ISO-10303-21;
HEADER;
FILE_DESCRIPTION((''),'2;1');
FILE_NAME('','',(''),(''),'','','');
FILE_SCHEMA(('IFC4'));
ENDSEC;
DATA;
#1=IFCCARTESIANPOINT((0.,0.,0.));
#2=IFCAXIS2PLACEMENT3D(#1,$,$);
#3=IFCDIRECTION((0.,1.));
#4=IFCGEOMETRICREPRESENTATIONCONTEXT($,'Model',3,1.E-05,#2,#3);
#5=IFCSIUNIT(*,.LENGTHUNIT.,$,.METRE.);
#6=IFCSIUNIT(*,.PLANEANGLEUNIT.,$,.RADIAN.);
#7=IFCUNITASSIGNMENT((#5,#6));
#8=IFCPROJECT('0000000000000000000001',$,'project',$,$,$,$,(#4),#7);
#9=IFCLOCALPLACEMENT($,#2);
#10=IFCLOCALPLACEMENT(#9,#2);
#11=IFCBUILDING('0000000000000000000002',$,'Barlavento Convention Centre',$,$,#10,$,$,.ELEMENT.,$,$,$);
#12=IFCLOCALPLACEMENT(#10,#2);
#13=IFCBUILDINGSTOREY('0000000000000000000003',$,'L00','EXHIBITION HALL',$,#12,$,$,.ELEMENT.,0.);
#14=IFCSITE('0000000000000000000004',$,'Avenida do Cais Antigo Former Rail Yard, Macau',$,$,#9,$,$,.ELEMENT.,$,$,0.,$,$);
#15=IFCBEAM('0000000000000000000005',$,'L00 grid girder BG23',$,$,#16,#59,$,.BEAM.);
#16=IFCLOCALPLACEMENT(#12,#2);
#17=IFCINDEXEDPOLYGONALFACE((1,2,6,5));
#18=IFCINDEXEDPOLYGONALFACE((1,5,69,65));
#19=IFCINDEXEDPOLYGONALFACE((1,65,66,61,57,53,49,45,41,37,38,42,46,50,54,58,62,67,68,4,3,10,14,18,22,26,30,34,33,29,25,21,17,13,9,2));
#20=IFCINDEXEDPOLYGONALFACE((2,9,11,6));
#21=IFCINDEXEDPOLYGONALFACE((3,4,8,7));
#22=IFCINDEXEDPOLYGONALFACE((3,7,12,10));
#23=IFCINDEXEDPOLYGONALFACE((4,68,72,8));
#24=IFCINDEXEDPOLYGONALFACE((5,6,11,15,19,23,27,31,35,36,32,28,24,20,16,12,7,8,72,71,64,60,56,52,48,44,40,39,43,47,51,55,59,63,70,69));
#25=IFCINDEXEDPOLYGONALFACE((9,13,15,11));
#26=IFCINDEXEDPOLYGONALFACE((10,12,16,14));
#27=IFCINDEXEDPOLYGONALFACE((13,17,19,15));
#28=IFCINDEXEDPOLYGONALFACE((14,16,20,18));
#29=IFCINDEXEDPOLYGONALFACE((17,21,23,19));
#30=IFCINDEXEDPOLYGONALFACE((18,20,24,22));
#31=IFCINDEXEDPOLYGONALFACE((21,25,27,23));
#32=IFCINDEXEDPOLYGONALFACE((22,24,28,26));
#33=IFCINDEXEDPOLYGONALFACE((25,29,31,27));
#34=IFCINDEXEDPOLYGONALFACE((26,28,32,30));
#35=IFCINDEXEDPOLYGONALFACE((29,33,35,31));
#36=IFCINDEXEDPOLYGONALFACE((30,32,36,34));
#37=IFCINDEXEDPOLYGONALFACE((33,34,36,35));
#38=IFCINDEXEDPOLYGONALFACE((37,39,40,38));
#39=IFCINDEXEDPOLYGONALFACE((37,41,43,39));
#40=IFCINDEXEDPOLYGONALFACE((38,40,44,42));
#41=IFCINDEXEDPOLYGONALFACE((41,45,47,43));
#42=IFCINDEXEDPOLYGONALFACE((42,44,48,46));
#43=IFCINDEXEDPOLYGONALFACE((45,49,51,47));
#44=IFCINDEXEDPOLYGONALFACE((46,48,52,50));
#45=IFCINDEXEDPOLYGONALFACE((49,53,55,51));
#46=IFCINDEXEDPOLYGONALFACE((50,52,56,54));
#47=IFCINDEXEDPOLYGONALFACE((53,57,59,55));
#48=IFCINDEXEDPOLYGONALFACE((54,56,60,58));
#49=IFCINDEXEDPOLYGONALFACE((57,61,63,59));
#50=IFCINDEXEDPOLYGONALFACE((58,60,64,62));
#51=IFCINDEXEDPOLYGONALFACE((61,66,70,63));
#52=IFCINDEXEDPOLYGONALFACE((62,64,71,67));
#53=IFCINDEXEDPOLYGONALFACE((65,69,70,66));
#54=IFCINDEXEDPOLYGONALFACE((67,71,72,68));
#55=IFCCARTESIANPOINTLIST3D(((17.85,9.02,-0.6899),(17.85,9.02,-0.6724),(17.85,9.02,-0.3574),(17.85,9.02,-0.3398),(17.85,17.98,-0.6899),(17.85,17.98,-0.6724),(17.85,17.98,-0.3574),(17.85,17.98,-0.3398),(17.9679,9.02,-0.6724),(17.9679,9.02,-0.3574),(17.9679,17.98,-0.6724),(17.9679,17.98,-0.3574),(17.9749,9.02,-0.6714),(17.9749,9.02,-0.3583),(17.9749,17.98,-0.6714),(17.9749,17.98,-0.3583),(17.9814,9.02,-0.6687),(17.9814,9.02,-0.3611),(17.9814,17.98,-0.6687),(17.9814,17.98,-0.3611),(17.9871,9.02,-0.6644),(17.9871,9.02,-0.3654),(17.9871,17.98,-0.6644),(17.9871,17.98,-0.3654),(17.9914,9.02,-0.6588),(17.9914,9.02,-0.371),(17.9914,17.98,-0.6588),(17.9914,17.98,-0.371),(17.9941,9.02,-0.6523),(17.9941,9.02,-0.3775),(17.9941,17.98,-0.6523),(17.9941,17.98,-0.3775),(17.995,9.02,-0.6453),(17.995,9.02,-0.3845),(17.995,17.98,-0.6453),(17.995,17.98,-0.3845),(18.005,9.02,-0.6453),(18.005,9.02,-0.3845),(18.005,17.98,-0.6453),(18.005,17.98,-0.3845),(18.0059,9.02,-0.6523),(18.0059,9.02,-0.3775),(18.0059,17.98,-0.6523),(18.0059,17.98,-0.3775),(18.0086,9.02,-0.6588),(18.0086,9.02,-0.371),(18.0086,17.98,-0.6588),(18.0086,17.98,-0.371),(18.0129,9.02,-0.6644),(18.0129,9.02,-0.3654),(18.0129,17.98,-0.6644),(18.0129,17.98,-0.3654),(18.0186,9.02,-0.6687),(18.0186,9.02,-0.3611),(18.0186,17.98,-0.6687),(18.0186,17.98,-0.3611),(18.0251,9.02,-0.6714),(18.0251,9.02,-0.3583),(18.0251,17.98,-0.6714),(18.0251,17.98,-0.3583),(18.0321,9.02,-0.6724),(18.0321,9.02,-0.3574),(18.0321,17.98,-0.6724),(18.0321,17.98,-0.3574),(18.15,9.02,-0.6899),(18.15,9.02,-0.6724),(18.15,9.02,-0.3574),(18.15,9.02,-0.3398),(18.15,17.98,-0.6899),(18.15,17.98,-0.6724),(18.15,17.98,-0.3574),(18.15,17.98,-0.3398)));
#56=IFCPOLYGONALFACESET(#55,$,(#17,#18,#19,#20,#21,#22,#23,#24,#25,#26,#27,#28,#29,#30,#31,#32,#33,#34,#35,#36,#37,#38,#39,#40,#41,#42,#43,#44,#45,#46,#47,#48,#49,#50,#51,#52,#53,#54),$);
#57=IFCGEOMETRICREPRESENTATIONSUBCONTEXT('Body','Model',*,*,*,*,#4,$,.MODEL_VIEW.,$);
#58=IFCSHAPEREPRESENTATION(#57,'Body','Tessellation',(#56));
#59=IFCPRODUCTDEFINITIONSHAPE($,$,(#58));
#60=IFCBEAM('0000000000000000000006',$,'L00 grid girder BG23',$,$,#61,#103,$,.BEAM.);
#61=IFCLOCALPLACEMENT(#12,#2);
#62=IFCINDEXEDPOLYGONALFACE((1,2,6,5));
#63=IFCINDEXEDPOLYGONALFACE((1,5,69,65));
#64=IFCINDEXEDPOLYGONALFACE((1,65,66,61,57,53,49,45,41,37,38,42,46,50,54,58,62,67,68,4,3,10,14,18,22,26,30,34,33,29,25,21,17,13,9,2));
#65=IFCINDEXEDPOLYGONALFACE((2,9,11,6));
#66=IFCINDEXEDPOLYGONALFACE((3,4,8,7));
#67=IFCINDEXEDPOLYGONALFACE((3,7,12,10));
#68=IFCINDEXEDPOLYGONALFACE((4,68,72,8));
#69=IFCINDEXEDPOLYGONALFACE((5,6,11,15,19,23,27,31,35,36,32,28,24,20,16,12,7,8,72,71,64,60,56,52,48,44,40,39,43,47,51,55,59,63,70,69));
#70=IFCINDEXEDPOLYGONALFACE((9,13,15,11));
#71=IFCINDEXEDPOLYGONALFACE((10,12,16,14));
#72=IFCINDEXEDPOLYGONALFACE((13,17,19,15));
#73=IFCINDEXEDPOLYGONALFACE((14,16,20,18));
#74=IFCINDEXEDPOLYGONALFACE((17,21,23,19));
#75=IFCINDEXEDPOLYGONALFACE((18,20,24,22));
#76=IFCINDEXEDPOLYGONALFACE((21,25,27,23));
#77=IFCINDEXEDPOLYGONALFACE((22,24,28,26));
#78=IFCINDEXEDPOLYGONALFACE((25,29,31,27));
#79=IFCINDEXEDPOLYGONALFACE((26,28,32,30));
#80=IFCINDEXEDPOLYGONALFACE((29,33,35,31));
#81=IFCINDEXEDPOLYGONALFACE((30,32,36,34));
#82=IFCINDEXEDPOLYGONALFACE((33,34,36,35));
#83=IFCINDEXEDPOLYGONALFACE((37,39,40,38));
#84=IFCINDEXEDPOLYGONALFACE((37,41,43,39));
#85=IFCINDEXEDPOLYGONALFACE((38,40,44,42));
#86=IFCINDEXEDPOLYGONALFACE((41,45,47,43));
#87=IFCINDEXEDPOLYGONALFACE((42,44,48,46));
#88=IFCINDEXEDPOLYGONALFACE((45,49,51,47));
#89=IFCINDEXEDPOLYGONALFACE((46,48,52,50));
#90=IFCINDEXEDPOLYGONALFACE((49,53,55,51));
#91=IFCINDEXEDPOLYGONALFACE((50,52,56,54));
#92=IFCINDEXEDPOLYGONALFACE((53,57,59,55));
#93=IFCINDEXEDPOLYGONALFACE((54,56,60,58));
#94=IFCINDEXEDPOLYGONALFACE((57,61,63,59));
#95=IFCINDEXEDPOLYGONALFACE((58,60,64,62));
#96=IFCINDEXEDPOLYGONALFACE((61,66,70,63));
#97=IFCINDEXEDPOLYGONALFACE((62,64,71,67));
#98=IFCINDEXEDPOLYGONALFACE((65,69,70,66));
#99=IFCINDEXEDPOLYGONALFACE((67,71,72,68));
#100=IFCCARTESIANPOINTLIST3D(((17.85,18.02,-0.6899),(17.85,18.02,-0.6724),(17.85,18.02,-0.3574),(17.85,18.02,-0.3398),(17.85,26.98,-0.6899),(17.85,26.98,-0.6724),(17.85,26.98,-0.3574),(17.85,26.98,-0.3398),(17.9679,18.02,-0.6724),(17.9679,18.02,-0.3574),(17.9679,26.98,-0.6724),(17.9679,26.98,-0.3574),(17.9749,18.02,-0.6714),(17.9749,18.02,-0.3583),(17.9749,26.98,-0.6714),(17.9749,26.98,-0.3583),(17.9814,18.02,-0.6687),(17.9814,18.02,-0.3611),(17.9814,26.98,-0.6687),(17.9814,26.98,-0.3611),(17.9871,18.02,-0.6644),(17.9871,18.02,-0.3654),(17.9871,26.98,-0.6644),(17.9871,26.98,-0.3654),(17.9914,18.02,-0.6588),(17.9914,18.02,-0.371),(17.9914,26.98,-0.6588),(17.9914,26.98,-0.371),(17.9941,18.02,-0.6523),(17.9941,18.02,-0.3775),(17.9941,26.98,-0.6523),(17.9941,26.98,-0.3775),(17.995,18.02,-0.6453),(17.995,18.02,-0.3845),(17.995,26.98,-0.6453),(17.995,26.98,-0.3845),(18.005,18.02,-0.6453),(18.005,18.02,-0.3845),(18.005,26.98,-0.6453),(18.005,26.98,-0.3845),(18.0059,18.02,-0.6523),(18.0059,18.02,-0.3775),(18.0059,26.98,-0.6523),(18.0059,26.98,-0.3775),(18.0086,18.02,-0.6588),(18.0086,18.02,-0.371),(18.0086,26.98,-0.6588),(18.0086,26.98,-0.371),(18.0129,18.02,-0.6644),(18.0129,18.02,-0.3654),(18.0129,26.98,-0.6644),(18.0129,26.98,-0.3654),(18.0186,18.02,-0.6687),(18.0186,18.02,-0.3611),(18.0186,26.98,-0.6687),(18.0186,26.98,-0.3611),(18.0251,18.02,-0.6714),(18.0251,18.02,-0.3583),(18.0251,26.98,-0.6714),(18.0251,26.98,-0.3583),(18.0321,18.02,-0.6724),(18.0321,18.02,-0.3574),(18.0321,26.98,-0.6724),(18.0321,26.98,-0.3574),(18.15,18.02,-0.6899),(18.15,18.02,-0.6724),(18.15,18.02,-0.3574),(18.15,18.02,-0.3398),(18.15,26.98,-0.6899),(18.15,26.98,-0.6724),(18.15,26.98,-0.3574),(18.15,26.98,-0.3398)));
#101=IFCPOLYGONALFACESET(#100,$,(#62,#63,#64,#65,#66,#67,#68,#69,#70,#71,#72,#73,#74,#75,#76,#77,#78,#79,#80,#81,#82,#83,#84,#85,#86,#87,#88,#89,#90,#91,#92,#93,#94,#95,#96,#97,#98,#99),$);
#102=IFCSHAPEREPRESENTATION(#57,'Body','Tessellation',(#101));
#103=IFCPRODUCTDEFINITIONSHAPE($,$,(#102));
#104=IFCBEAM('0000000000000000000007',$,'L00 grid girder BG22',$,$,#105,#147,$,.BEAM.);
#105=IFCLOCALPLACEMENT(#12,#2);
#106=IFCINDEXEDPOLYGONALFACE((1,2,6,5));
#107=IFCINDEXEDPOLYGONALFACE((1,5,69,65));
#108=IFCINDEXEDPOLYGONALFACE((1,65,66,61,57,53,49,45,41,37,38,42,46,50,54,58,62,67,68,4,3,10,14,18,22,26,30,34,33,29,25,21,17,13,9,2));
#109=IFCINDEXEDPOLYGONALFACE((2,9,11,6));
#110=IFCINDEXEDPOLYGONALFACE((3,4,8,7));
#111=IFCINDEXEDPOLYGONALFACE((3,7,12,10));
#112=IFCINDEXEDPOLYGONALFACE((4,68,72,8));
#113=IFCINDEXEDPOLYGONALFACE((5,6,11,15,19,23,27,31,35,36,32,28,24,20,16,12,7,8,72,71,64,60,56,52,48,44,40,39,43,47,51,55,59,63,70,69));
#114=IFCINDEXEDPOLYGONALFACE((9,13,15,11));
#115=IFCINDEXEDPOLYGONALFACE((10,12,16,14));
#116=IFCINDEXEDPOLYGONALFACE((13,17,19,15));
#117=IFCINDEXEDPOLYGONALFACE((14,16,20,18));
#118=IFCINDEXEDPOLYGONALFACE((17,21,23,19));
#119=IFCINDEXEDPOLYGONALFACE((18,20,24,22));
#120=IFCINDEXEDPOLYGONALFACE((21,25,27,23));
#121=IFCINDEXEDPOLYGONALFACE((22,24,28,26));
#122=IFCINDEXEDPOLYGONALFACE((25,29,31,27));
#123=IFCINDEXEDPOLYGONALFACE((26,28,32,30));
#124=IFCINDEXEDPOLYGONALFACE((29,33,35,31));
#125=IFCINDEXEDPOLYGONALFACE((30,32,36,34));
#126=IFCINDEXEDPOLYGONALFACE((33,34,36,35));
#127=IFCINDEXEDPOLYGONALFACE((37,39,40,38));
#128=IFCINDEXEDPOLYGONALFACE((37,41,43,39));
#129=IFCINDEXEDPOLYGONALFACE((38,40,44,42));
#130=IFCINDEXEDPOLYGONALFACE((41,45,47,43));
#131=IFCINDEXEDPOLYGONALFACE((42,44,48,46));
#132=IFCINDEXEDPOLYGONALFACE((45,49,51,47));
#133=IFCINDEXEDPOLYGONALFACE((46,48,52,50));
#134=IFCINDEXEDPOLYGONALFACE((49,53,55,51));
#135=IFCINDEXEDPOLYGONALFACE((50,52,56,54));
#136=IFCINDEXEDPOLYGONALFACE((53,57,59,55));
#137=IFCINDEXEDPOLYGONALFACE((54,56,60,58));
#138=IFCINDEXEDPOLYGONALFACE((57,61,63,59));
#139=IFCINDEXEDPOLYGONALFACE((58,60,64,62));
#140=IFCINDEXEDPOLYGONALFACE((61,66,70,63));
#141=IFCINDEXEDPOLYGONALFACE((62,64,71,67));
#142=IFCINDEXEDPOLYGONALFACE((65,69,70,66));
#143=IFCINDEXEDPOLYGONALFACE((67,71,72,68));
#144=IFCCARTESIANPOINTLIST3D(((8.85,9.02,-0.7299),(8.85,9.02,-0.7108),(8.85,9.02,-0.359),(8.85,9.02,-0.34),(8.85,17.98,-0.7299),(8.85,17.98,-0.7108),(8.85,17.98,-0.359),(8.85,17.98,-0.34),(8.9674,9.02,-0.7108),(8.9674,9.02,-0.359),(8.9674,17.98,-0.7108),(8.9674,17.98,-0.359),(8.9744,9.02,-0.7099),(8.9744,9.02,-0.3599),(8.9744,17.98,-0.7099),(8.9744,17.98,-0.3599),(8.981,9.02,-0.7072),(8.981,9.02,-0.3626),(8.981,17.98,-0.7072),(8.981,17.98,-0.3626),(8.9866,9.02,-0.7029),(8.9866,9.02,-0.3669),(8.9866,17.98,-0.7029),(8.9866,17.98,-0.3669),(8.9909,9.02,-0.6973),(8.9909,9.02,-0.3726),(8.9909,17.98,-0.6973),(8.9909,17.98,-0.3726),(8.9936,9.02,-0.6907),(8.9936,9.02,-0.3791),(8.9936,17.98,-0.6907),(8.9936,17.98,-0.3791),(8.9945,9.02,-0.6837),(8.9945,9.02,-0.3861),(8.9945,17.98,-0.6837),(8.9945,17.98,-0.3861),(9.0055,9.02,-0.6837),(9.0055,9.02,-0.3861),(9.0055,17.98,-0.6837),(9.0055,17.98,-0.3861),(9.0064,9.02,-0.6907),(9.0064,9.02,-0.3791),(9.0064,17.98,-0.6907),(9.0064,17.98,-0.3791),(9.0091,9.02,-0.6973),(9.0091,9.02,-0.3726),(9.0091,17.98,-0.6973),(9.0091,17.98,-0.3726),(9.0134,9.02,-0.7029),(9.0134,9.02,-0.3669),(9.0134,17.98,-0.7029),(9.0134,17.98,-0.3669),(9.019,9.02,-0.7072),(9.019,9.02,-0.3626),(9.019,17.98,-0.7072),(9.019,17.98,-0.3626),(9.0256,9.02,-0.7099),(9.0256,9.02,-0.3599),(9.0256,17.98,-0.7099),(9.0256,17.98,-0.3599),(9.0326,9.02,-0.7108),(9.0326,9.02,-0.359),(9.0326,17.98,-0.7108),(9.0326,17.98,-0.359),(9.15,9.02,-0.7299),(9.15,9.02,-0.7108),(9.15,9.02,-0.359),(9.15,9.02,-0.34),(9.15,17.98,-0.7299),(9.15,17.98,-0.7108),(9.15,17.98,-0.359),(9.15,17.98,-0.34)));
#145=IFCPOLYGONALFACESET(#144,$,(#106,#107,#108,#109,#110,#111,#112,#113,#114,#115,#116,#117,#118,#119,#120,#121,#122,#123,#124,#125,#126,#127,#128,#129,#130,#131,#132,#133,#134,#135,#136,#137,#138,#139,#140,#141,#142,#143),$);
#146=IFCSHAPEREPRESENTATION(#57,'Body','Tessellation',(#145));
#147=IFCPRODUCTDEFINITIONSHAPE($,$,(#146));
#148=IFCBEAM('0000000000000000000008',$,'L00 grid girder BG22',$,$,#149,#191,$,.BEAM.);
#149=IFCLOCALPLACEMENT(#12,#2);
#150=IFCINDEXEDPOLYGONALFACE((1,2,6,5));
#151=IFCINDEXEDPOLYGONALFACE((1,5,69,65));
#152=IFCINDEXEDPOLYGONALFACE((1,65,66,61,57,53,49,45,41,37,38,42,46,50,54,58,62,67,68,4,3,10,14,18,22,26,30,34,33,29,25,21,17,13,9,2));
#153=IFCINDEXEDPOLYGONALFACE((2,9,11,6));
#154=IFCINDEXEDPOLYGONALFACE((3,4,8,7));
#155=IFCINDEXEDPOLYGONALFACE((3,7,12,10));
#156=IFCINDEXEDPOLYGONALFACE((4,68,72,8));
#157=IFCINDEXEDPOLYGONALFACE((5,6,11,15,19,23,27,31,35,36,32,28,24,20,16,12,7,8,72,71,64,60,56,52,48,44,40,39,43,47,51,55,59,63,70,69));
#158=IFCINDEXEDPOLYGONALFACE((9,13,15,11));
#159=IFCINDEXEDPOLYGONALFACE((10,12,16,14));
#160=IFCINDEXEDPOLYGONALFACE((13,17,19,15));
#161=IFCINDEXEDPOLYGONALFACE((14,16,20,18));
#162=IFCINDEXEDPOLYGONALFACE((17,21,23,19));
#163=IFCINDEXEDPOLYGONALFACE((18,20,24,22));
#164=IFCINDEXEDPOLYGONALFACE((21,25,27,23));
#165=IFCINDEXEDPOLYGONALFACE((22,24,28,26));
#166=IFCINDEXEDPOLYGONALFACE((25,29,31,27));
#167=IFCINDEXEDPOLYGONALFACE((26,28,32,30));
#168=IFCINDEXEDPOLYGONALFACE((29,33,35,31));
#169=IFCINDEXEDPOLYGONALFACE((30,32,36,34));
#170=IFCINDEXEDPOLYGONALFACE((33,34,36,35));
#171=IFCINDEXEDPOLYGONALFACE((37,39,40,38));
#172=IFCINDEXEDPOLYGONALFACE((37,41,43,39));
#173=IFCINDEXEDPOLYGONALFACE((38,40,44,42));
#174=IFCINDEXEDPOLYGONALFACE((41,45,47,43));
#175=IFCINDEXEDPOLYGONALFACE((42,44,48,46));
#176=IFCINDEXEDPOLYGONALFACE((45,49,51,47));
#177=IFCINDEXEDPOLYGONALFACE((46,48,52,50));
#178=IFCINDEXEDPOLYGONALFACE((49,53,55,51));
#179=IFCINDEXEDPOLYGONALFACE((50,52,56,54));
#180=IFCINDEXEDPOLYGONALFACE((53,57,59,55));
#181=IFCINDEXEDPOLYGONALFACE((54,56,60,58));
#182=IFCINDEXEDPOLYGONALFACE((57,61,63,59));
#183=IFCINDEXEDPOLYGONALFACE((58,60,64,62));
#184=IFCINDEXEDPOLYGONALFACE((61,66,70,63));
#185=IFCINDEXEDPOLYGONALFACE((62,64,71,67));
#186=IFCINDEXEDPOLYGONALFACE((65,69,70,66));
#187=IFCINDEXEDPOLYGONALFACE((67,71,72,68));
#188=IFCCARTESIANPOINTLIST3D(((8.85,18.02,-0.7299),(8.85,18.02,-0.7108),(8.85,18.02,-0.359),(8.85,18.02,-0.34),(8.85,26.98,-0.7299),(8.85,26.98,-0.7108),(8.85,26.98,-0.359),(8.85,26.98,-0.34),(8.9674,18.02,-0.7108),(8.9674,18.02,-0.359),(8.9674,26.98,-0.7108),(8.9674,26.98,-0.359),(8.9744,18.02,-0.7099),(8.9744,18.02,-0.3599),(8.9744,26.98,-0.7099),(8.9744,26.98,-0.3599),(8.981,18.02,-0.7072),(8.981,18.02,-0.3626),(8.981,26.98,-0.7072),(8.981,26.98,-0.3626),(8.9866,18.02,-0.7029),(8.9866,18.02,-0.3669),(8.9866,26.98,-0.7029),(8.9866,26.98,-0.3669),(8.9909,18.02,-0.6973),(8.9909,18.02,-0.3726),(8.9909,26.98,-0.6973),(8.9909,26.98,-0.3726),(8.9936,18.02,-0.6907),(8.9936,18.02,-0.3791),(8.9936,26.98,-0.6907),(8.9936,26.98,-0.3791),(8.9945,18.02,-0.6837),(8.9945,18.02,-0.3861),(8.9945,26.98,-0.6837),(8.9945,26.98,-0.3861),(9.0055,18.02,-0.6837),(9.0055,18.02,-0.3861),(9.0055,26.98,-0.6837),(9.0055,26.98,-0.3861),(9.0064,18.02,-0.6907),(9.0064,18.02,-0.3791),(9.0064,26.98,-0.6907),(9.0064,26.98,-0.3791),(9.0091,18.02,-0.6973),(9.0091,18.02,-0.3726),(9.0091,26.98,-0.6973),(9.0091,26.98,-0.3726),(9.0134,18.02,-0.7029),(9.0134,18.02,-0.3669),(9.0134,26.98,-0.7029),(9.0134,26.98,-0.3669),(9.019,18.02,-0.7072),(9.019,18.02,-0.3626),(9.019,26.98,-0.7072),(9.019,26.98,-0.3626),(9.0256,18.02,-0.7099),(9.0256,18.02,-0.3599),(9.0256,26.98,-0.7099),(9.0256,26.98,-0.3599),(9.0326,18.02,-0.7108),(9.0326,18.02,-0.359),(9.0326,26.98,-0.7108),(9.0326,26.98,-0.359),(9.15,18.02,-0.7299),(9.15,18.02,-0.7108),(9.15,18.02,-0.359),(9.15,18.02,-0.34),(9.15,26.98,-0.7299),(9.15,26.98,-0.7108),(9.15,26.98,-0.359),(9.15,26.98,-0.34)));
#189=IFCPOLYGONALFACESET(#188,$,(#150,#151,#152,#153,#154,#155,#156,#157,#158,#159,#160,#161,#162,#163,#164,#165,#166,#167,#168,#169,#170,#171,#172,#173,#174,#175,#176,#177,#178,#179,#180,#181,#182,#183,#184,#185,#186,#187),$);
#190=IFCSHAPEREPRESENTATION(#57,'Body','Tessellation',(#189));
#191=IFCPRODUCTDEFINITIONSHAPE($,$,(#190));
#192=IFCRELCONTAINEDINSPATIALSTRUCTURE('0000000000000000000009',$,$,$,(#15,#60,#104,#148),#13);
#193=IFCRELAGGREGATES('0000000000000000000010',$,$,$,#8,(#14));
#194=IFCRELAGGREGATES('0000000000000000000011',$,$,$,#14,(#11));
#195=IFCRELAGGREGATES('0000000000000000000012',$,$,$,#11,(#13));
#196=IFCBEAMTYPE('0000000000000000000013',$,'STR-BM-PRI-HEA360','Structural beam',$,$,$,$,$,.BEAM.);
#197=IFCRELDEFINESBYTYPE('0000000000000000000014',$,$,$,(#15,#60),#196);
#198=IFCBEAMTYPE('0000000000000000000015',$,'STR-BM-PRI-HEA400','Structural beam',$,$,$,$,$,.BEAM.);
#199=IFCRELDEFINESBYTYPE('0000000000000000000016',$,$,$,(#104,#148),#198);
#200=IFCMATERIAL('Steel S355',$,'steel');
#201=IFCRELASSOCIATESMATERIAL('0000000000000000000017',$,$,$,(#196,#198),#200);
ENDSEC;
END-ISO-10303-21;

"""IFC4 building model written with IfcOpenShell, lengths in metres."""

from ifc_helpers import new_model, si_unit, direction, frame, origin, origin_2d, place, context, subcontext, project, spatial, i_section, extrude, material, material_profile, profile_set, type_object, element, save


model = new_model("IFC4")

# Units and contexts
model_context = context("Model", 3, precision=1e-05, world=origin(), true_north=direction((0.0, 1.0)))
body_context = subcontext(model_context, "Body", "Model", "MODEL_VIEW")
ifc_project = project(units=[si_unit("LENGTHUNIT", "METRE"), si_unit("PLANEANGLEUNIT", "RADIAN")], contexts=[model_context])

# Site, building, storey
site_placement = place(None, origin())
site = spatial("IfcSite", under=ifc_project, at=site_placement, Name="Avenida do Cais Antigo Former Rail Yard, Macau", CompositionType="ELEMENT", RefElevation=0.0)
building_placement = place(site_placement, origin())
building = spatial("IfcBuilding", under=site, at=building_placement, Name="Barlavento Convention Centre", CompositionType="ELEMENT")
storey_placement = place(building_placement, origin())
storey = spatial("IfcBuildingStorey", under=building, at=storey_placement, Name="L00", Description="EXHIBITION HALL", CompositionType="ELEMENT", Elevation=0.0)

# Beams
ifc_material_1 = material(Name="Steel S355", Category="steel")
ifc_material_profile_1 = material_profile(ifc_material_1, i_section(OverallWidth=0.3, OverallDepth=0.3501, WebThickness=0.01, FlangeThickness=0.0176, FilletRadius=0.0271, at=origin_2d()), Name="HEA 360")
ifc_profile_set_1 = profile_set([ifc_material_profile_1], Name="Steel S355")
beam_type_1 = type_object("IfcBeamType", Name="STR-BM-PRI-HEA360", Description="Structural beam", PredefinedType="BEAM", material=ifc_profile_set_1)
for number, where, z_axis, x_axis, name in (
    (1, (18.0, 9.02, -0.5149), (0.0, 1.0, 0.0), (-1.0, 0.0, 0.0), "L00 grid girder BG23"),
    (2, (18.0, 18.02, -0.5149), (0.0, 1.0, 0.0), (-1.0, 0.0, 0.0), "L00 grid girder BG23"),
):
    element("IfcBeam", number, at=place(storey_placement, frame(where, z_axis=z_axis, x_axis=x_axis)), inside=storey, type_object=beam_type_1, Name=name, PredefinedType="BEAM", context=body_context, shape_type="SweptSolid", body=[
        extrude(i_section(OverallWidth=0.3, OverallDepth=0.3501, WebThickness=0.01, FlangeThickness=0.0176, FilletRadius=0.0271, at=origin_2d()), origin(), (0.0, 0.0, 1.0), 8.96),
    ])
ifc_material_profile_2 = material_profile(ifc_material_1, i_section(OverallWidth=0.3, OverallDepth=0.3899, WebThickness=0.011, FlangeThickness=0.019, FilletRadius=0.0271, at=origin_2d()), Name="HEA 400")
ifc_profile_set_2 = profile_set([ifc_material_profile_2], Name="Steel S355")
beam_type_2 = type_object("IfcBeamType", Name="STR-BM-PRI-HEA400", Description="Structural beam", PredefinedType="BEAM", material=ifc_profile_set_2)
for number, where, z_axis, x_axis, name in (
    (3, (9.0, 9.02, -0.5349), (0.0, 1.0, 0.0), (-1.0, 0.0, 0.0), "L00 grid girder BG22"),
    (4, (9.0, 18.02, -0.5349), (0.0, 1.0, 0.0), (-1.0, 0.0, 0.0), "L00 grid girder BG22"),
):
    element("IfcBeam", number, at=place(storey_placement, frame(where, z_axis=z_axis, x_axis=x_axis)), inside=storey, type_object=beam_type_2, Name=name, PredefinedType="BEAM", context=body_context, shape_type="SweptSolid", body=[
        extrude(i_section(OverallWidth=0.3, OverallDepth=0.3899, WebThickness=0.011, FlangeThickness=0.019, FilletRadius=0.0271, at=origin_2d()), origin(), (0.0, 0.0, 1.0), 8.96),
    ])

save(model, "model.ifc")
